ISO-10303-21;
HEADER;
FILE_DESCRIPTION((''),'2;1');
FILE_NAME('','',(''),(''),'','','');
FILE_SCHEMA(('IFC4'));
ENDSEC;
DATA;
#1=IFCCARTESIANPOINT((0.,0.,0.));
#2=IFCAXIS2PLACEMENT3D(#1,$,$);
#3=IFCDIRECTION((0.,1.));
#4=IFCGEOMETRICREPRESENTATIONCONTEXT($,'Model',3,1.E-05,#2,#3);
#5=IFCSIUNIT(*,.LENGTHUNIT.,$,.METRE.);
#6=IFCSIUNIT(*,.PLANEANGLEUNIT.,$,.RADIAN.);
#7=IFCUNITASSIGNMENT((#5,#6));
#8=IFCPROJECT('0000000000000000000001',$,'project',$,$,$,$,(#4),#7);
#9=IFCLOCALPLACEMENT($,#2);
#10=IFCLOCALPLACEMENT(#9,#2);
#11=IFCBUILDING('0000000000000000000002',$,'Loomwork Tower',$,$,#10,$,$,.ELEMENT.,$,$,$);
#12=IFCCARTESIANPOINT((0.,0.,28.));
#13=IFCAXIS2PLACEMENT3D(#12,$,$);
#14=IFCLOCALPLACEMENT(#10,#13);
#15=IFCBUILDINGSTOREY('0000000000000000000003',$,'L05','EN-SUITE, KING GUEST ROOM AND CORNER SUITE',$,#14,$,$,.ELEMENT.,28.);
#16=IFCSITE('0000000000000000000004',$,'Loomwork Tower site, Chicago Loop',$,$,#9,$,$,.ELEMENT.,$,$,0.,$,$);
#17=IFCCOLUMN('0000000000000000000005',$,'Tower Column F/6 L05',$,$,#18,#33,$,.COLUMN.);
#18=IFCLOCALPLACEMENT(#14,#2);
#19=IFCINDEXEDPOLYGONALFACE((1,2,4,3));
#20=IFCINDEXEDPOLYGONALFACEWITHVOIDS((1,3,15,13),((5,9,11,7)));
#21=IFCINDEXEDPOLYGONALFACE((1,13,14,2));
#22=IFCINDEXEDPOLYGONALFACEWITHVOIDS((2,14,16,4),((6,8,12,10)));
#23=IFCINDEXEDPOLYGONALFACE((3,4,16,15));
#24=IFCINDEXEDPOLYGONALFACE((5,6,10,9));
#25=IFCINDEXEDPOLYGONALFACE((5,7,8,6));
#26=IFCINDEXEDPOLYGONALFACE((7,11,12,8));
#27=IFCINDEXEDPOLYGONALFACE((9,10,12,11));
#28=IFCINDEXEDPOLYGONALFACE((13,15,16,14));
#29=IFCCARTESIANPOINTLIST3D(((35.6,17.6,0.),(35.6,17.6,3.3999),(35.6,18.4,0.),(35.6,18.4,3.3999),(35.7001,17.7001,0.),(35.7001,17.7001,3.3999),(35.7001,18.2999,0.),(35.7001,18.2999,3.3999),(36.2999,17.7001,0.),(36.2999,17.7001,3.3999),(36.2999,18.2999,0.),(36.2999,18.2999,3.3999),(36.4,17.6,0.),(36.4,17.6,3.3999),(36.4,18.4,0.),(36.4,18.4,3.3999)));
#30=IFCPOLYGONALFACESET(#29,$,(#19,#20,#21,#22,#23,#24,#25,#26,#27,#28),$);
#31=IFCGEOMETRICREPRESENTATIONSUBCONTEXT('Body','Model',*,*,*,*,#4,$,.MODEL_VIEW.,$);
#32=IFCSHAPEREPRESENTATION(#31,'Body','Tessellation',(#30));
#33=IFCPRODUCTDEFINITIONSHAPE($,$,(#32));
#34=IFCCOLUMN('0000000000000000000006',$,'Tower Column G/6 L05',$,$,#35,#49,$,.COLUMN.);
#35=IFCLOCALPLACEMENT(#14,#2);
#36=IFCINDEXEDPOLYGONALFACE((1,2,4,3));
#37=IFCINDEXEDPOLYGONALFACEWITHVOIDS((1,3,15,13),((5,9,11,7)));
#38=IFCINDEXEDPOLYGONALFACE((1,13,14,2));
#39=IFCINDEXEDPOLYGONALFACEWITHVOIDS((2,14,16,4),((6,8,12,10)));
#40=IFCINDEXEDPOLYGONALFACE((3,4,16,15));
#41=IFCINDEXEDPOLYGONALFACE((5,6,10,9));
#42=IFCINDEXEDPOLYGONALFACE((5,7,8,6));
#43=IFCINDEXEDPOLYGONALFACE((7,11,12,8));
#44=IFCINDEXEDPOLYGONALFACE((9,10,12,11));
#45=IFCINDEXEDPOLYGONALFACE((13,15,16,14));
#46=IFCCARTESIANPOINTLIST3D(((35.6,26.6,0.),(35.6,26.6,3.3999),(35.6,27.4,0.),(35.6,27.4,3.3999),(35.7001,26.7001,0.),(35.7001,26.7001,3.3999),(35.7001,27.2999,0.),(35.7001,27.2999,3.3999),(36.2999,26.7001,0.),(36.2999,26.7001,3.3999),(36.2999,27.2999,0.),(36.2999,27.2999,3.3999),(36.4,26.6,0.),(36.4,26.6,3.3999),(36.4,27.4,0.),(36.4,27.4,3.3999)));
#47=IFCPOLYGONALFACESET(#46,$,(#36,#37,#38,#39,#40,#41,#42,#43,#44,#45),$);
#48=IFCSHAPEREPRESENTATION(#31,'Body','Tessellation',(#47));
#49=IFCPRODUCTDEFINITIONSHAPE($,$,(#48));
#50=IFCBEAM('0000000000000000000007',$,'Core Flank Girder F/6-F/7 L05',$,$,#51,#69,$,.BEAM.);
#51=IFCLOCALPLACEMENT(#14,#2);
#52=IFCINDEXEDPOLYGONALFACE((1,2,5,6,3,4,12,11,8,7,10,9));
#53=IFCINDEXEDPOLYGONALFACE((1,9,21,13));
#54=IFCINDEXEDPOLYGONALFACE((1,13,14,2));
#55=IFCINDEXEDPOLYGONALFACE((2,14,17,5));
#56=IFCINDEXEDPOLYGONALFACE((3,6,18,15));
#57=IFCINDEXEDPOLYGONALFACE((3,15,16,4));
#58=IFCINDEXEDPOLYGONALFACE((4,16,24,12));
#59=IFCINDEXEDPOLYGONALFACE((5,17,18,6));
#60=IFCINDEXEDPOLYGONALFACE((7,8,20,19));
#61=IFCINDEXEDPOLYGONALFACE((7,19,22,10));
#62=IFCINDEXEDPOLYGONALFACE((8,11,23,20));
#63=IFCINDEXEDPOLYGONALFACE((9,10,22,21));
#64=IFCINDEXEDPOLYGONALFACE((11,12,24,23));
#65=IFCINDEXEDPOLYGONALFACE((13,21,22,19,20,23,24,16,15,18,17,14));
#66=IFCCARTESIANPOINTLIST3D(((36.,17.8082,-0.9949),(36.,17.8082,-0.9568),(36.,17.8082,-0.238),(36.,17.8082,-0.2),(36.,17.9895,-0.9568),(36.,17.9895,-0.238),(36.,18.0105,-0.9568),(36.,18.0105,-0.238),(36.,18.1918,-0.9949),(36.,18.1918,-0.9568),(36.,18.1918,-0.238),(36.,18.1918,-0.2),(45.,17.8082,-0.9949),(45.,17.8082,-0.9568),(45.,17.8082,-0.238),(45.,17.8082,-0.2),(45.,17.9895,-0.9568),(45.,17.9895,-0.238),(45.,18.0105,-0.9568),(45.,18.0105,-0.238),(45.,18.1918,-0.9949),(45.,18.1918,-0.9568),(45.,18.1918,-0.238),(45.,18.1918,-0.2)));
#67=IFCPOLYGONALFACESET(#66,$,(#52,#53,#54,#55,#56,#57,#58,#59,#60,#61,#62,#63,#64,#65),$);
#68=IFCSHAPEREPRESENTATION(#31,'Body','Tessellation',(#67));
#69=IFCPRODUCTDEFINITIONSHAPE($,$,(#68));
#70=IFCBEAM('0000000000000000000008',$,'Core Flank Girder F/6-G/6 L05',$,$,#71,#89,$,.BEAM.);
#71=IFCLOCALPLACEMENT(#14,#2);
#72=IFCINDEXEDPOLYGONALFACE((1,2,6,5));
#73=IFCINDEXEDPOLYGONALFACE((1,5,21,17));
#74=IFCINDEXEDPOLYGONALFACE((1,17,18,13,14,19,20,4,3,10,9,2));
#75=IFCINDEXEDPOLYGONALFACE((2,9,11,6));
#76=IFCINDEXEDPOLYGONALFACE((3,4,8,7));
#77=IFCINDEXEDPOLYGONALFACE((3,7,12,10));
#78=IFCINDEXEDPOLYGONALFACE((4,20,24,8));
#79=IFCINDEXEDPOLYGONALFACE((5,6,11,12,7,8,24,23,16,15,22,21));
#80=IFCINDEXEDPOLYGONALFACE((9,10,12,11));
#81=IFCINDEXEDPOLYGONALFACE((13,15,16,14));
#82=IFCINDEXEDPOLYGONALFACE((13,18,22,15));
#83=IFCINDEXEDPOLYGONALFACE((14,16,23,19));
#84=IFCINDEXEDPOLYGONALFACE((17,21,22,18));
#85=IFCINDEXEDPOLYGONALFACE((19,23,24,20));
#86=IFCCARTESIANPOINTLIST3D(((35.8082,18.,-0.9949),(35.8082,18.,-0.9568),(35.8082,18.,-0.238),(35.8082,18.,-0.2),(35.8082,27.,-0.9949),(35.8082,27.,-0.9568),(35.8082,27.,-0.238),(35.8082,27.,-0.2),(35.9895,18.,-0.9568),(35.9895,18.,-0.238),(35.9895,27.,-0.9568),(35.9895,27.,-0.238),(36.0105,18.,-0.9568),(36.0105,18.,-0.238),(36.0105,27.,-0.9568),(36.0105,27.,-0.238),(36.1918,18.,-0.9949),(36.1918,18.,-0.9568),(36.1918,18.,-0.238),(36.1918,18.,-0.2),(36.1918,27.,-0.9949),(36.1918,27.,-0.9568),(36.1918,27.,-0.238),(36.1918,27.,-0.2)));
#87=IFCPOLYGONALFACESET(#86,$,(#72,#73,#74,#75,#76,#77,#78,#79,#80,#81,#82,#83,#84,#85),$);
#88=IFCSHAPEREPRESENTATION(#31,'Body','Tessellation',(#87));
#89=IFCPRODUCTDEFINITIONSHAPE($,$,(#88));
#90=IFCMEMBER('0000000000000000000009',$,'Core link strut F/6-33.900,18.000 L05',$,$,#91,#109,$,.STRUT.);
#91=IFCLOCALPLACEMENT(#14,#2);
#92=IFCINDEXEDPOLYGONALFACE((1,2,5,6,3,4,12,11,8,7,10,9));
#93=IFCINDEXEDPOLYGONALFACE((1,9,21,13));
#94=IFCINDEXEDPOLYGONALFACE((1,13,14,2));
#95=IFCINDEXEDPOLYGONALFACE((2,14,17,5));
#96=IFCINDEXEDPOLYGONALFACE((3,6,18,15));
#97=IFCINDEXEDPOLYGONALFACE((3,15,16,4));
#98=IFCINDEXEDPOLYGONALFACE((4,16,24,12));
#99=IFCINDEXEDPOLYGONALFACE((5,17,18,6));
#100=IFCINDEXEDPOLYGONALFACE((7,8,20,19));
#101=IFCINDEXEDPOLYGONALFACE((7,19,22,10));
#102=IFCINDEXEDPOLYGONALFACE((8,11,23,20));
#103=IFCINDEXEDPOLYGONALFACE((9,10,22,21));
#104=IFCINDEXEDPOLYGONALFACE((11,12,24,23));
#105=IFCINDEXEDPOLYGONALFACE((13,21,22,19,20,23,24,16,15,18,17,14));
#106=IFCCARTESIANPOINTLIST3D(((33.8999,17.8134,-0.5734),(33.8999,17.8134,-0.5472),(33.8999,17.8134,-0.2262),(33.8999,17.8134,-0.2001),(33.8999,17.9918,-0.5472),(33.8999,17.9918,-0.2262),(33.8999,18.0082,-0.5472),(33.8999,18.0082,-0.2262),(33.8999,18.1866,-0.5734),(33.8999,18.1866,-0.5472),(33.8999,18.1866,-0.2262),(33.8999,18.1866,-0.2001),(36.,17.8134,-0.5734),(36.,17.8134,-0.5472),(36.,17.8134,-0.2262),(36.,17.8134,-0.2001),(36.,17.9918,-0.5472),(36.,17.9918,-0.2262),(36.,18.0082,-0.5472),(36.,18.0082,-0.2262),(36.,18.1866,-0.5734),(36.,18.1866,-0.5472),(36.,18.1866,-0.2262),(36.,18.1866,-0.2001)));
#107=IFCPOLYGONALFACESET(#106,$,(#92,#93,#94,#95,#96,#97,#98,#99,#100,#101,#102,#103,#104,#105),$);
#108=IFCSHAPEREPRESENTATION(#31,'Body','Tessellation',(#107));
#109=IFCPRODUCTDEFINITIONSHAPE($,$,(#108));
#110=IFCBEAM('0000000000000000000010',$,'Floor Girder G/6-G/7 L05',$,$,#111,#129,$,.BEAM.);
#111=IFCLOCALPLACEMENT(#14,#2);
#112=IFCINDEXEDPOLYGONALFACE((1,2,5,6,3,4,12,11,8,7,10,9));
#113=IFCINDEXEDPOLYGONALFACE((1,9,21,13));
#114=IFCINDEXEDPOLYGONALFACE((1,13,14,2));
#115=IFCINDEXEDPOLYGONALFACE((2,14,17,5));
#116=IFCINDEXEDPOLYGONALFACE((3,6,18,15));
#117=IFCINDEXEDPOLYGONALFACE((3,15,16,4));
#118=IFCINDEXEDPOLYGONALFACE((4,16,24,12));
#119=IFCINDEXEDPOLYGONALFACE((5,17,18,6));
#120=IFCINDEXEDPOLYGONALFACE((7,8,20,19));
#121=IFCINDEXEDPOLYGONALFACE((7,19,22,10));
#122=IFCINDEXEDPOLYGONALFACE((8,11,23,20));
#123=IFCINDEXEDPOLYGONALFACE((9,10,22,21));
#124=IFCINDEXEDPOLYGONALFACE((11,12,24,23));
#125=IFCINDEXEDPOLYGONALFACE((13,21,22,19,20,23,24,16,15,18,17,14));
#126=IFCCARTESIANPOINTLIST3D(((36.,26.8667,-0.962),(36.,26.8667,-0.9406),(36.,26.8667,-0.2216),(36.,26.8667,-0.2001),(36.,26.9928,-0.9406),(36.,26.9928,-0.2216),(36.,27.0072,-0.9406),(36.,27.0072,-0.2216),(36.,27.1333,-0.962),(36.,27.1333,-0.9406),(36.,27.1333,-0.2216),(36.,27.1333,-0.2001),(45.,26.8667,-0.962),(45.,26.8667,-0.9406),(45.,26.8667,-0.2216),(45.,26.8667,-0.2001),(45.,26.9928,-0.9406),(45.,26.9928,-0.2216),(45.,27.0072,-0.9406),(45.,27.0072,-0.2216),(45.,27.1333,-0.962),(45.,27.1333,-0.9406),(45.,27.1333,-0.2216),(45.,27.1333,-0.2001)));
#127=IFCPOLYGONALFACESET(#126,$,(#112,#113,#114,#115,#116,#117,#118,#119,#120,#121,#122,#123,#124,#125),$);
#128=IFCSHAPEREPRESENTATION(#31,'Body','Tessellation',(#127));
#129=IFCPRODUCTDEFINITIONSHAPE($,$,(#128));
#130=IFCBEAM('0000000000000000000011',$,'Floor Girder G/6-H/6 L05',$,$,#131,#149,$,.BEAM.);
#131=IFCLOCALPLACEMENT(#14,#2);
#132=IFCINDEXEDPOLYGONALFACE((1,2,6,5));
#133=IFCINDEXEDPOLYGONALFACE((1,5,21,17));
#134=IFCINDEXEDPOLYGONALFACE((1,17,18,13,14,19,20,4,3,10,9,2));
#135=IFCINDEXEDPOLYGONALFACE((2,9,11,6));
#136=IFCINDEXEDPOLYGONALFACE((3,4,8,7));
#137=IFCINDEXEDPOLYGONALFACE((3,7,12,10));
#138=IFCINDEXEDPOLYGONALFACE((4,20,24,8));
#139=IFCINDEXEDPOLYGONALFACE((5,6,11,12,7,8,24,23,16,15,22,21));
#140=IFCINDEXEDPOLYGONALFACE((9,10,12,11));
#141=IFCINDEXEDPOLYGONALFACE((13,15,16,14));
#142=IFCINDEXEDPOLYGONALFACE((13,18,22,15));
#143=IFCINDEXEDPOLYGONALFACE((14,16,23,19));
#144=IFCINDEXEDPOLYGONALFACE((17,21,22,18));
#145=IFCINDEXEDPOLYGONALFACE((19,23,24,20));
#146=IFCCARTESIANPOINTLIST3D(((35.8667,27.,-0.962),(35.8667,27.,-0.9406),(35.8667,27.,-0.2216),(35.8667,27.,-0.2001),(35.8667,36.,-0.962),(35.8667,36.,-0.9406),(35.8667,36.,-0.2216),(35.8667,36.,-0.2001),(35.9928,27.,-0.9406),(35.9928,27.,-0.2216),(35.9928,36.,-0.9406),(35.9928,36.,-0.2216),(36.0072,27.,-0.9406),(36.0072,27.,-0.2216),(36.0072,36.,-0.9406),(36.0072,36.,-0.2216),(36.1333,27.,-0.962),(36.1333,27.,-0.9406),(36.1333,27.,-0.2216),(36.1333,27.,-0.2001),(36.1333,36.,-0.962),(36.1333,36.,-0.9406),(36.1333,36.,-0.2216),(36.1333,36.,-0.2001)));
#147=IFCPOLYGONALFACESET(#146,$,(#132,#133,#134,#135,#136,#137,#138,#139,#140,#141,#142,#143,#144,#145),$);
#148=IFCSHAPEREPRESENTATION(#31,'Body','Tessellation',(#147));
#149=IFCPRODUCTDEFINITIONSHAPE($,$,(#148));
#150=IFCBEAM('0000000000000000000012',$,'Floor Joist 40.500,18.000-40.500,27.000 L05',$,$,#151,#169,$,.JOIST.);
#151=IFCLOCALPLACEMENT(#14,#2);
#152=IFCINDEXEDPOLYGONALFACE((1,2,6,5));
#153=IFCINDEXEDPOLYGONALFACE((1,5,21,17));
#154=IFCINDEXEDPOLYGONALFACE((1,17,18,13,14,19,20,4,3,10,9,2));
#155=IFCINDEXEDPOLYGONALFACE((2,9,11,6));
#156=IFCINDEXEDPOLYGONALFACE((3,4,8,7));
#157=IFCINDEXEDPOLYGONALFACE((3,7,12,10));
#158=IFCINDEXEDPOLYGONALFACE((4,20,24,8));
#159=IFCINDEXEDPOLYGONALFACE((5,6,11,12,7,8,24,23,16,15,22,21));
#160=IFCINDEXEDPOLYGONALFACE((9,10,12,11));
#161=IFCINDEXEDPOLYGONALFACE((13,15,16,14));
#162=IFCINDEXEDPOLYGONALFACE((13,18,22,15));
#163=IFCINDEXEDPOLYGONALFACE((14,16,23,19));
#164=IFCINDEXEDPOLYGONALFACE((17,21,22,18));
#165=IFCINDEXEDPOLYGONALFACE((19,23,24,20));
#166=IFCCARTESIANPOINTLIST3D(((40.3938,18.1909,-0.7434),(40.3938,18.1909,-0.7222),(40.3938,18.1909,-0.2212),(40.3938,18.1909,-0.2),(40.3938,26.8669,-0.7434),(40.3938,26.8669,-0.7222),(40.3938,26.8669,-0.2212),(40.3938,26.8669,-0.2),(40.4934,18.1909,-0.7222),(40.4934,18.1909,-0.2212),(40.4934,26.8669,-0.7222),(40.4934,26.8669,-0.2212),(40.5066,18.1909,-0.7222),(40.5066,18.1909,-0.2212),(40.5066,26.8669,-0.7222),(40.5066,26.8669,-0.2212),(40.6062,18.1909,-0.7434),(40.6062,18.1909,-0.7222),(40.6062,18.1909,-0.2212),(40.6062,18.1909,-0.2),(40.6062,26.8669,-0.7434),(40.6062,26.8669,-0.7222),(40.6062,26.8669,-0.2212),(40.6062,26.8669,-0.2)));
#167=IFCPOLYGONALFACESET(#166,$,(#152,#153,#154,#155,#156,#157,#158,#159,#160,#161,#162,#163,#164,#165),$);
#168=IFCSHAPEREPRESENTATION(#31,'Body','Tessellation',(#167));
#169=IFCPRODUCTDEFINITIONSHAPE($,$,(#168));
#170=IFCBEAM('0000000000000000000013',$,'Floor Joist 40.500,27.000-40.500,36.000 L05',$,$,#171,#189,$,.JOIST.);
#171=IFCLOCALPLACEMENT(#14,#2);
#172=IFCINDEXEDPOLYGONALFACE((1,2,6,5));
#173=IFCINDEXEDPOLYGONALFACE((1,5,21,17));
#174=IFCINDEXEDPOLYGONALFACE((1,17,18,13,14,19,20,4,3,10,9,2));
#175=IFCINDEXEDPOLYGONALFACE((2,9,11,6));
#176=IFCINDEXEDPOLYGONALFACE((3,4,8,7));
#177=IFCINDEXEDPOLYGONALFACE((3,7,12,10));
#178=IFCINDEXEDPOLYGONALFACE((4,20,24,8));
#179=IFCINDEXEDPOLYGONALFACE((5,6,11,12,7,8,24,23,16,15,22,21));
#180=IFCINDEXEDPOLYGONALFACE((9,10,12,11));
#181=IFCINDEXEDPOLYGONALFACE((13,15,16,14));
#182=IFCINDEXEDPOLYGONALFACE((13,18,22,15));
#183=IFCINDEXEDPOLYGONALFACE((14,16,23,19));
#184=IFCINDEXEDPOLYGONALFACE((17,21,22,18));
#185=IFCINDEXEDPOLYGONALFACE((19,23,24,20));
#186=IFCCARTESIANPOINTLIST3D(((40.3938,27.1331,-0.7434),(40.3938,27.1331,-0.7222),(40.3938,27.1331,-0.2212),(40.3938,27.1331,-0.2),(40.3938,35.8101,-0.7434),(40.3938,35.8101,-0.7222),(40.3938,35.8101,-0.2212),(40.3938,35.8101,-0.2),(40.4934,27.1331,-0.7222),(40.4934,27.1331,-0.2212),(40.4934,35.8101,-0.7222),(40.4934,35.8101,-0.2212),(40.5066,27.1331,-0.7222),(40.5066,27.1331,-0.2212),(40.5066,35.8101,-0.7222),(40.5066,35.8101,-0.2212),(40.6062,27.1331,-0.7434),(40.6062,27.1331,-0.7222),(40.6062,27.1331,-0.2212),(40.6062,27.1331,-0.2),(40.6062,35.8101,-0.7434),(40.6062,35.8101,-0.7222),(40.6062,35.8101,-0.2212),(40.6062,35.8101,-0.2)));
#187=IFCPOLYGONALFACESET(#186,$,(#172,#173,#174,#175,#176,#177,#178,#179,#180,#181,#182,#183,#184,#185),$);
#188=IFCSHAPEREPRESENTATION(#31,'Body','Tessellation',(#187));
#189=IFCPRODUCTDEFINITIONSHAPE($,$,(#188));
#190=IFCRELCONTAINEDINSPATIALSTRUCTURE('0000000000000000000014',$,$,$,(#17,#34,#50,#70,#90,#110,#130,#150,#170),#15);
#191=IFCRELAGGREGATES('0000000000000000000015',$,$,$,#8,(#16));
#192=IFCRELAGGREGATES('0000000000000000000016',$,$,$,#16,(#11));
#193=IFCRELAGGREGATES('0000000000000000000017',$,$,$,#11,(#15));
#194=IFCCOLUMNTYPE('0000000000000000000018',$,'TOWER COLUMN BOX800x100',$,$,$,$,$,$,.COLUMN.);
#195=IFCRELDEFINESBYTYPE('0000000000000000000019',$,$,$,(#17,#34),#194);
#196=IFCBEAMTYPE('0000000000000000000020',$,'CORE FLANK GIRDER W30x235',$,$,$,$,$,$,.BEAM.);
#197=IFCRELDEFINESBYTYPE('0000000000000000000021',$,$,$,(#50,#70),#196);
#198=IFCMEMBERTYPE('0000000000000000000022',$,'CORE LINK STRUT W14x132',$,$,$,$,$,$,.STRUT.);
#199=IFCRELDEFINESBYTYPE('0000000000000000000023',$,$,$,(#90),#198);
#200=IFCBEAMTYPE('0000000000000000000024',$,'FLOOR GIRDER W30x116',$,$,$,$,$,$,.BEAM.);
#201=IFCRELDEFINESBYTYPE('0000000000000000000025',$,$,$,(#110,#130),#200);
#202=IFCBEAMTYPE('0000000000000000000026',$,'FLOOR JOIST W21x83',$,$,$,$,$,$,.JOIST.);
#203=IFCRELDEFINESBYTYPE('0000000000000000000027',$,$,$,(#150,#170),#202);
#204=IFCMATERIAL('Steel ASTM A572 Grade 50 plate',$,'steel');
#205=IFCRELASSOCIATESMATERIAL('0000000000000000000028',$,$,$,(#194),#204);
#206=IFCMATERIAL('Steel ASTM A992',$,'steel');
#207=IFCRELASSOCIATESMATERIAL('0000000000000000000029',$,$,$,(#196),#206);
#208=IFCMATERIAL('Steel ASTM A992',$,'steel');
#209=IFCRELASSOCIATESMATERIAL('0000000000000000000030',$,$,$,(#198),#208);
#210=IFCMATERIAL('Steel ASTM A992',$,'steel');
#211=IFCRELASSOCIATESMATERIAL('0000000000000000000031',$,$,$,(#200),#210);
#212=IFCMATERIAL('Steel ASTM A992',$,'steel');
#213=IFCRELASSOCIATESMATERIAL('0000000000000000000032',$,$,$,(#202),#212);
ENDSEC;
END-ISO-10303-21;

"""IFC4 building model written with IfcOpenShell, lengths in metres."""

from ifc_helpers import new_model, si_unit, direction, frame, origin, origin_2d, place, context, subcontext, project, spatial, hollow_rectangle, i_section, extrude, material, material_profile, profile_set, type_object, element, save


model = new_model("IFC4")

# Units and contexts
model_context = context("Model", 3, precision=1e-05, world=origin(), true_north=direction((0.0, 1.0)))
body_context = subcontext(model_context, "Body", "Model", "MODEL_VIEW")
ifc_project = project(units=[si_unit("LENGTHUNIT", "METRE"), si_unit("PLANEANGLEUNIT", "RADIAN")], contexts=[model_context])

# Site, building, storey
site_placement = place(None, origin())
site = spatial("IfcSite", under=ifc_project, at=site_placement, Name="Loomwork Tower site, Chicago Loop", CompositionType="ELEMENT", RefElevation=0.0)
building_placement = place(site_placement, origin())
building = spatial("IfcBuilding", under=site, at=building_placement, Name="Loomwork Tower", CompositionType="ELEMENT")
storey_placement = place(building_placement, frame((0.0, 0.0, 28.0)))
storey = spatial("IfcBuildingStorey", under=building, at=storey_placement, Name="L05", Description="EN-SUITE, KING GUEST ROOM AND CORNER SUITE", CompositionType="ELEMENT", Elevation=28.0)

# Columns
ifc_material_1 = material(Name="Steel ASTM A572 Grade 50 plate", Category="steel")
ifc_material_profile_1 = material_profile(ifc_material_1, hollow_rectangle(XDim=0.8, YDim=0.8, WallThickness=0.1001, at=origin_2d()), Name="BOX800x100")
ifc_profile_set_1 = profile_set([ifc_material_profile_1], Name="Steel ASTM A572 Grade 50 plate")
column_type = type_object("IfcColumnType", Name="TOWER COLUMN BOX800x100", PredefinedType="COLUMN", material=ifc_profile_set_1)
for number, where, z_axis, x_axis, name in (
    (1, (36.0, 18.0, 0.0), (0.0, 0.0, 1.0), (0.0, 1.0, 0.0), "Tower Column F/6 L05"),
    (2, (36.0, 27.0, 0.0), (0.0, 0.0, 1.0), (1.0, 0.0, 0.0), "Tower Column G/6 L05"),
):
    element("IfcColumn", number, at=place(storey_placement, frame(where, z_axis=z_axis, x_axis=x_axis)), inside=storey, type_object=column_type, Name=name, PredefinedType="COLUMN", context=body_context, shape_type="SweptSolid", body=[
        extrude(hollow_rectangle(XDim=0.8, YDim=0.8, WallThickness=0.1001, at=origin_2d()), origin(), (0.0, 0.0, 1.0), 3.3999),
    ])

# Beams
ifc_material_2 = material(Name="Steel ASTM A992", Category="steel")
ifc_material_profile_2 = material_profile(ifc_material_2, i_section(OverallWidth=0.3835, OverallDepth=0.7949, WebThickness=0.021, FlangeThickness=0.0381, at=origin_2d()), Name="W30x235")
ifc_profile_set_2 = profile_set([ifc_material_profile_2], Name="Steel ASTM A992")
beam_type_1 = type_object("IfcBeamType", Name="CORE FLANK GIRDER W30x235", PredefinedType="BEAM", material=ifc_profile_set_2)
for number, where, z_axis, x_axis, name in (
    (3, (36.0, 18.0, -0.5974), (1.0, 0.0, 0.0), (0.0, 1.0, 0.0), "Core Flank Girder F/6-F/7 L05"),
    (4, (36.0, 18.0, -0.5974), (0.0, 1.0, 0.0), (-1.0, 0.0, 0.0), "Core Flank Girder F/6-G/6 L05"),
):
    element("IfcBeam", number, at=place(storey_placement, frame(where, z_axis=z_axis, x_axis=x_axis)), inside=storey, type_object=beam_type_1, Name=name, PredefinedType="BEAM", context=body_context, shape_type="SweptSolid", body=[
        extrude(i_section(OverallWidth=0.3835, OverallDepth=0.7949, WebThickness=0.021, FlangeThickness=0.0381, at=origin_2d()), origin(), (0.0, 0.0, 1.0), 9.0),
    ])

# Member
ifc_material_3 = material(Name="Steel ASTM A992", Category="steel")
ifc_material_profile_3 = material_profile(ifc_material_3, i_section(OverallWidth=0.3733, OverallDepth=0.3733, WebThickness=0.0164, FlangeThickness=0.0261, at=origin_2d()), Name="W14x132")
ifc_profile_set_3 = profile_set([ifc_material_profile_3], Name="Steel ASTM A992")
member_type = type_object("IfcMemberType", Name="CORE LINK STRUT W14x132", PredefinedType="STRUT", material=ifc_profile_set_3)
member_placement = place(storey_placement, frame((36.0, 18.0, -0.3867), z_axis=(-1.0, 0.0, 0.0), x_axis=(0.0, -1.0, 0.0)))
element("IfcMember", 5, at=member_placement, inside=storey, type_object=member_type, Name="Core link strut F/6-33.900,18.000 L05", PredefinedType="STRUT", context=body_context, shape_type="SweptSolid", body=[
    extrude(i_section(OverallWidth=0.3733, OverallDepth=0.3733, WebThickness=0.0164, FlangeThickness=0.0261, at=origin_2d()), origin(), (0.0, 0.0, 1.0), 2.1001),
])

# Beams
ifc_material_4 = material(Name="Steel ASTM A992", Category="steel")
ifc_material_profile_4 = material_profile(ifc_material_4, i_section(OverallWidth=0.2666, OverallDepth=0.762, WebThickness=0.0144, FlangeThickness=0.0215, at=origin_2d()), Name="W30x116")
ifc_profile_set_4 = profile_set([ifc_material_profile_4], Name="Steel ASTM A992")
beam_type_2 = type_object("IfcBeamType", Name="FLOOR GIRDER W30x116", PredefinedType="BEAM", material=ifc_profile_set_4)
for number, where, z_axis, x_axis, name in (
    (6, (36.0, 27.0, -0.5811), (1.0, 0.0, 0.0), (0.0, 1.0, 0.0), "Floor Girder G/6-G/7 L05"),
    (7, (36.0, 27.0, -0.5811), (0.0, 1.0, 0.0), (-1.0, 0.0, 0.0), "Floor Girder G/6-H/6 L05"),
):
    element("IfcBeam", number, at=place(storey_placement, frame(where, z_axis=z_axis, x_axis=x_axis)), inside=storey, type_object=beam_type_2, Name=name, PredefinedType="BEAM", context=body_context, shape_type="SweptSolid", body=[
        extrude(i_section(OverallWidth=0.2666, OverallDepth=0.762, WebThickness=0.0144, FlangeThickness=0.0215, at=origin_2d()), origin(), (0.0, 0.0, 1.0), 9.0),
    ])
ifc_material_5 = material(Name="Steel ASTM A992", Category="steel")
ifc_material_profile_5 = material_profile(ifc_material_5, i_section(OverallWidth=0.2124, OverallDepth=0.5435, WebThickness=0.0132, FlangeThickness=0.0212, at=origin_2d()), Name="W21x83")
ifc_profile_set_5 = profile_set([ifc_material_profile_5], Name="Steel ASTM A992")
beam_type_3 = type_object("IfcBeamType", Name="FLOOR JOIST W21x83", PredefinedType="JOIST", material=ifc_profile_set_5)
beam_1_placement = place(storey_placement, frame((40.5, 18.1909, -0.4717), z_axis=(0.0, 1.0, 0.0), x_axis=(-1.0, 0.0, 0.0)))
element("IfcBeam", 8, at=beam_1_placement, inside=storey, type_object=beam_type_3, Name="Floor Joist 40.500,18.000-40.500,27.000 L05", PredefinedType="JOIST", context=body_context, shape_type="SweptSolid", body=[
    extrude(i_section(OverallWidth=0.2124, OverallDepth=0.5435, WebThickness=0.0132, FlangeThickness=0.0212, at=origin_2d()), origin(), (0.0, 0.0, 1.0), 8.676),
])
beam_2_placement = place(storey_placement, frame((40.5, 27.1331, -0.4717), z_axis=(0.0, 1.0, 0.0), x_axis=(-1.0, 0.0, 0.0)))
element("IfcBeam", 9, at=beam_2_placement, inside=storey, type_object=beam_type_3, Name="Floor Joist 40.500,27.000-40.500,36.000 L05", PredefinedType="JOIST", context=body_context, shape_type="SweptSolid", body=[
    extrude(i_section(OverallWidth=0.2124, OverallDepth=0.5435, WebThickness=0.0132, FlangeThickness=0.0212, at=origin_2d()), origin(), (0.0, 0.0, 1.0), 8.677),
])

save(model, "model.ifc")
